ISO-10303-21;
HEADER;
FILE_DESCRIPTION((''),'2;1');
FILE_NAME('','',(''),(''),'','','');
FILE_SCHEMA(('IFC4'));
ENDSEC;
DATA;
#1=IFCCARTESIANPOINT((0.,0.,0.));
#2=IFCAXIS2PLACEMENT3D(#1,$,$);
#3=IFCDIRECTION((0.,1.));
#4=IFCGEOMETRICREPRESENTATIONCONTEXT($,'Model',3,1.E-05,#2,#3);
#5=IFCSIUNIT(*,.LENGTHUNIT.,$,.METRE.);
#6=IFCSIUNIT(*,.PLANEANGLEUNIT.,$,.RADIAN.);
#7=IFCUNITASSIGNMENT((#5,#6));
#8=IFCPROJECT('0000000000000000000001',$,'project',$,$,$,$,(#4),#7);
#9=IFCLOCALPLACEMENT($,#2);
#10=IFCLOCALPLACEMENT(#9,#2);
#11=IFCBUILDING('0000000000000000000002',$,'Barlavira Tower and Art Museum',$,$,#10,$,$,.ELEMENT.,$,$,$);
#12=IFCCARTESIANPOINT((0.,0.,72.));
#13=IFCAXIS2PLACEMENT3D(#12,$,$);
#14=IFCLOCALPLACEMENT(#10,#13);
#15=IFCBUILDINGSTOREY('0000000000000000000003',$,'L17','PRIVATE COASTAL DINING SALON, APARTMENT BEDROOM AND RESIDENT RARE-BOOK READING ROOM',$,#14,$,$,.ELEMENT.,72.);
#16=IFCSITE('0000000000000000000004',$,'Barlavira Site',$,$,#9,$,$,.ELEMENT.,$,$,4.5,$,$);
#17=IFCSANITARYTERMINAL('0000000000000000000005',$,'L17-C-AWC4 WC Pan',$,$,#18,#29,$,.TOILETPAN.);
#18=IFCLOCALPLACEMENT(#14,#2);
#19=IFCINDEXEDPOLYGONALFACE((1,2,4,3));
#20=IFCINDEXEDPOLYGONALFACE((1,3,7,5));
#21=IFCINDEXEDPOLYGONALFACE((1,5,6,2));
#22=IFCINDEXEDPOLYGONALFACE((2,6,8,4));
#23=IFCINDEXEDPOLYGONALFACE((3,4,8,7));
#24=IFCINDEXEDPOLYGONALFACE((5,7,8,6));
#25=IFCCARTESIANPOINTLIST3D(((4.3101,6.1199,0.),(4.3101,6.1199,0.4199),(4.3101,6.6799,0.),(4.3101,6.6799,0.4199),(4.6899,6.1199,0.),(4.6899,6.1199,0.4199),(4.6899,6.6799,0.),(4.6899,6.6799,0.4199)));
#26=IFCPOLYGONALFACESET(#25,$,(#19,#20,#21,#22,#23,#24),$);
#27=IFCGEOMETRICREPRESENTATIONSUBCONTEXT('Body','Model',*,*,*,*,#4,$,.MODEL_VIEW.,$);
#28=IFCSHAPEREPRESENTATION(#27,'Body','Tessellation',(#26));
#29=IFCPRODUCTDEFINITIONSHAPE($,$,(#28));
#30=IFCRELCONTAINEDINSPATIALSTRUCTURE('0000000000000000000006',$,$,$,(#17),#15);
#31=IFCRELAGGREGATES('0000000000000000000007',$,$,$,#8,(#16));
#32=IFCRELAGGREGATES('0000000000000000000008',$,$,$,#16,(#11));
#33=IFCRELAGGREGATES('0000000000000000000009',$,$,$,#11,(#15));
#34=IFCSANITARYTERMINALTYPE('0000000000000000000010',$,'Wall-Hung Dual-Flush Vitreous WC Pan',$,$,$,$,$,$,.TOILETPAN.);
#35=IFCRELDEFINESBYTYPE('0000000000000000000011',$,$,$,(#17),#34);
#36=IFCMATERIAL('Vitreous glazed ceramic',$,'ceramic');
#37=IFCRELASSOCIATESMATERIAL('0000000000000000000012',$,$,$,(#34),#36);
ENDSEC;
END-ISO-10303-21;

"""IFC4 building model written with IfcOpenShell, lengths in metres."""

from ifc_helpers import new_model, si_unit, direction, frame, origin, origin_2d, place, context, subcontext, project, spatial, rectangle, extrude, material, type_object, element, save


model = new_model("IFC4")

# Units and contexts
model_context = context("Model", 3, precision=1e-05, world=origin(), true_north=direction((0.0, 1.0)))
body_context = subcontext(model_context, "Body", "Model", "MODEL_VIEW")
ifc_project = project(units=[si_unit("LENGTHUNIT", "METRE"), si_unit("PLANEANGLEUNIT", "RADIAN")], contexts=[model_context])

# Site, building, storey
site_placement = place(None, origin())
site = spatial("IfcSite", under=ifc_project, at=site_placement, Name="Barlavira Site", CompositionType="ELEMENT", RefElevation=4.5)
building_placement = place(site_placement, origin())
building = spatial("IfcBuilding", under=site, at=building_placement, Name="Barlavira Tower and Art Museum", CompositionType="ELEMENT")
storey_placement = place(building_placement, frame((0.0, 0.0, 72.0)))
storey = spatial("IfcBuildingStorey", under=building, at=storey_placement, Name="L17", Description="PRIVATE COASTAL DINING SALON, APARTMENT BEDROOM AND RESIDENT RARE-BOOK READING ROOM", CompositionType="ELEMENT", Elevation=72.0)

# Sanitary terminal
ifc_material_1 = material(Name="Vitreous glazed ceramic", Category="ceramic")
sanitary_terminal_type_1 = type_object("IfcSanitaryTerminalType", Name="Wall-Hung Dual-Flush Vitreous WC Pan", PredefinedType="TOILETPAN", material=ifc_material_1)
sanitary_terminal_1_placement = place(storey_placement, frame((4.5, 6.3999, 0.0), z_axis=(0.0, 0.0, 1.0), x_axis=(1.0, 0.0, 0.0)))
element("IfcSanitaryTerminal", 1, at=sanitary_terminal_1_placement, inside=storey, type_object=sanitary_terminal_type_1, Name="L17-C-AWC4 WC Pan", PredefinedType="TOILETPAN", context=body_context, shape_type="SweptSolid", body=[
    extrude(rectangle(XDim=0.3799, YDim=0.5601, at=origin_2d()), origin(), (0.0, 0.0, 1.0), 0.4199),
])

save(model, "model.ifc")
